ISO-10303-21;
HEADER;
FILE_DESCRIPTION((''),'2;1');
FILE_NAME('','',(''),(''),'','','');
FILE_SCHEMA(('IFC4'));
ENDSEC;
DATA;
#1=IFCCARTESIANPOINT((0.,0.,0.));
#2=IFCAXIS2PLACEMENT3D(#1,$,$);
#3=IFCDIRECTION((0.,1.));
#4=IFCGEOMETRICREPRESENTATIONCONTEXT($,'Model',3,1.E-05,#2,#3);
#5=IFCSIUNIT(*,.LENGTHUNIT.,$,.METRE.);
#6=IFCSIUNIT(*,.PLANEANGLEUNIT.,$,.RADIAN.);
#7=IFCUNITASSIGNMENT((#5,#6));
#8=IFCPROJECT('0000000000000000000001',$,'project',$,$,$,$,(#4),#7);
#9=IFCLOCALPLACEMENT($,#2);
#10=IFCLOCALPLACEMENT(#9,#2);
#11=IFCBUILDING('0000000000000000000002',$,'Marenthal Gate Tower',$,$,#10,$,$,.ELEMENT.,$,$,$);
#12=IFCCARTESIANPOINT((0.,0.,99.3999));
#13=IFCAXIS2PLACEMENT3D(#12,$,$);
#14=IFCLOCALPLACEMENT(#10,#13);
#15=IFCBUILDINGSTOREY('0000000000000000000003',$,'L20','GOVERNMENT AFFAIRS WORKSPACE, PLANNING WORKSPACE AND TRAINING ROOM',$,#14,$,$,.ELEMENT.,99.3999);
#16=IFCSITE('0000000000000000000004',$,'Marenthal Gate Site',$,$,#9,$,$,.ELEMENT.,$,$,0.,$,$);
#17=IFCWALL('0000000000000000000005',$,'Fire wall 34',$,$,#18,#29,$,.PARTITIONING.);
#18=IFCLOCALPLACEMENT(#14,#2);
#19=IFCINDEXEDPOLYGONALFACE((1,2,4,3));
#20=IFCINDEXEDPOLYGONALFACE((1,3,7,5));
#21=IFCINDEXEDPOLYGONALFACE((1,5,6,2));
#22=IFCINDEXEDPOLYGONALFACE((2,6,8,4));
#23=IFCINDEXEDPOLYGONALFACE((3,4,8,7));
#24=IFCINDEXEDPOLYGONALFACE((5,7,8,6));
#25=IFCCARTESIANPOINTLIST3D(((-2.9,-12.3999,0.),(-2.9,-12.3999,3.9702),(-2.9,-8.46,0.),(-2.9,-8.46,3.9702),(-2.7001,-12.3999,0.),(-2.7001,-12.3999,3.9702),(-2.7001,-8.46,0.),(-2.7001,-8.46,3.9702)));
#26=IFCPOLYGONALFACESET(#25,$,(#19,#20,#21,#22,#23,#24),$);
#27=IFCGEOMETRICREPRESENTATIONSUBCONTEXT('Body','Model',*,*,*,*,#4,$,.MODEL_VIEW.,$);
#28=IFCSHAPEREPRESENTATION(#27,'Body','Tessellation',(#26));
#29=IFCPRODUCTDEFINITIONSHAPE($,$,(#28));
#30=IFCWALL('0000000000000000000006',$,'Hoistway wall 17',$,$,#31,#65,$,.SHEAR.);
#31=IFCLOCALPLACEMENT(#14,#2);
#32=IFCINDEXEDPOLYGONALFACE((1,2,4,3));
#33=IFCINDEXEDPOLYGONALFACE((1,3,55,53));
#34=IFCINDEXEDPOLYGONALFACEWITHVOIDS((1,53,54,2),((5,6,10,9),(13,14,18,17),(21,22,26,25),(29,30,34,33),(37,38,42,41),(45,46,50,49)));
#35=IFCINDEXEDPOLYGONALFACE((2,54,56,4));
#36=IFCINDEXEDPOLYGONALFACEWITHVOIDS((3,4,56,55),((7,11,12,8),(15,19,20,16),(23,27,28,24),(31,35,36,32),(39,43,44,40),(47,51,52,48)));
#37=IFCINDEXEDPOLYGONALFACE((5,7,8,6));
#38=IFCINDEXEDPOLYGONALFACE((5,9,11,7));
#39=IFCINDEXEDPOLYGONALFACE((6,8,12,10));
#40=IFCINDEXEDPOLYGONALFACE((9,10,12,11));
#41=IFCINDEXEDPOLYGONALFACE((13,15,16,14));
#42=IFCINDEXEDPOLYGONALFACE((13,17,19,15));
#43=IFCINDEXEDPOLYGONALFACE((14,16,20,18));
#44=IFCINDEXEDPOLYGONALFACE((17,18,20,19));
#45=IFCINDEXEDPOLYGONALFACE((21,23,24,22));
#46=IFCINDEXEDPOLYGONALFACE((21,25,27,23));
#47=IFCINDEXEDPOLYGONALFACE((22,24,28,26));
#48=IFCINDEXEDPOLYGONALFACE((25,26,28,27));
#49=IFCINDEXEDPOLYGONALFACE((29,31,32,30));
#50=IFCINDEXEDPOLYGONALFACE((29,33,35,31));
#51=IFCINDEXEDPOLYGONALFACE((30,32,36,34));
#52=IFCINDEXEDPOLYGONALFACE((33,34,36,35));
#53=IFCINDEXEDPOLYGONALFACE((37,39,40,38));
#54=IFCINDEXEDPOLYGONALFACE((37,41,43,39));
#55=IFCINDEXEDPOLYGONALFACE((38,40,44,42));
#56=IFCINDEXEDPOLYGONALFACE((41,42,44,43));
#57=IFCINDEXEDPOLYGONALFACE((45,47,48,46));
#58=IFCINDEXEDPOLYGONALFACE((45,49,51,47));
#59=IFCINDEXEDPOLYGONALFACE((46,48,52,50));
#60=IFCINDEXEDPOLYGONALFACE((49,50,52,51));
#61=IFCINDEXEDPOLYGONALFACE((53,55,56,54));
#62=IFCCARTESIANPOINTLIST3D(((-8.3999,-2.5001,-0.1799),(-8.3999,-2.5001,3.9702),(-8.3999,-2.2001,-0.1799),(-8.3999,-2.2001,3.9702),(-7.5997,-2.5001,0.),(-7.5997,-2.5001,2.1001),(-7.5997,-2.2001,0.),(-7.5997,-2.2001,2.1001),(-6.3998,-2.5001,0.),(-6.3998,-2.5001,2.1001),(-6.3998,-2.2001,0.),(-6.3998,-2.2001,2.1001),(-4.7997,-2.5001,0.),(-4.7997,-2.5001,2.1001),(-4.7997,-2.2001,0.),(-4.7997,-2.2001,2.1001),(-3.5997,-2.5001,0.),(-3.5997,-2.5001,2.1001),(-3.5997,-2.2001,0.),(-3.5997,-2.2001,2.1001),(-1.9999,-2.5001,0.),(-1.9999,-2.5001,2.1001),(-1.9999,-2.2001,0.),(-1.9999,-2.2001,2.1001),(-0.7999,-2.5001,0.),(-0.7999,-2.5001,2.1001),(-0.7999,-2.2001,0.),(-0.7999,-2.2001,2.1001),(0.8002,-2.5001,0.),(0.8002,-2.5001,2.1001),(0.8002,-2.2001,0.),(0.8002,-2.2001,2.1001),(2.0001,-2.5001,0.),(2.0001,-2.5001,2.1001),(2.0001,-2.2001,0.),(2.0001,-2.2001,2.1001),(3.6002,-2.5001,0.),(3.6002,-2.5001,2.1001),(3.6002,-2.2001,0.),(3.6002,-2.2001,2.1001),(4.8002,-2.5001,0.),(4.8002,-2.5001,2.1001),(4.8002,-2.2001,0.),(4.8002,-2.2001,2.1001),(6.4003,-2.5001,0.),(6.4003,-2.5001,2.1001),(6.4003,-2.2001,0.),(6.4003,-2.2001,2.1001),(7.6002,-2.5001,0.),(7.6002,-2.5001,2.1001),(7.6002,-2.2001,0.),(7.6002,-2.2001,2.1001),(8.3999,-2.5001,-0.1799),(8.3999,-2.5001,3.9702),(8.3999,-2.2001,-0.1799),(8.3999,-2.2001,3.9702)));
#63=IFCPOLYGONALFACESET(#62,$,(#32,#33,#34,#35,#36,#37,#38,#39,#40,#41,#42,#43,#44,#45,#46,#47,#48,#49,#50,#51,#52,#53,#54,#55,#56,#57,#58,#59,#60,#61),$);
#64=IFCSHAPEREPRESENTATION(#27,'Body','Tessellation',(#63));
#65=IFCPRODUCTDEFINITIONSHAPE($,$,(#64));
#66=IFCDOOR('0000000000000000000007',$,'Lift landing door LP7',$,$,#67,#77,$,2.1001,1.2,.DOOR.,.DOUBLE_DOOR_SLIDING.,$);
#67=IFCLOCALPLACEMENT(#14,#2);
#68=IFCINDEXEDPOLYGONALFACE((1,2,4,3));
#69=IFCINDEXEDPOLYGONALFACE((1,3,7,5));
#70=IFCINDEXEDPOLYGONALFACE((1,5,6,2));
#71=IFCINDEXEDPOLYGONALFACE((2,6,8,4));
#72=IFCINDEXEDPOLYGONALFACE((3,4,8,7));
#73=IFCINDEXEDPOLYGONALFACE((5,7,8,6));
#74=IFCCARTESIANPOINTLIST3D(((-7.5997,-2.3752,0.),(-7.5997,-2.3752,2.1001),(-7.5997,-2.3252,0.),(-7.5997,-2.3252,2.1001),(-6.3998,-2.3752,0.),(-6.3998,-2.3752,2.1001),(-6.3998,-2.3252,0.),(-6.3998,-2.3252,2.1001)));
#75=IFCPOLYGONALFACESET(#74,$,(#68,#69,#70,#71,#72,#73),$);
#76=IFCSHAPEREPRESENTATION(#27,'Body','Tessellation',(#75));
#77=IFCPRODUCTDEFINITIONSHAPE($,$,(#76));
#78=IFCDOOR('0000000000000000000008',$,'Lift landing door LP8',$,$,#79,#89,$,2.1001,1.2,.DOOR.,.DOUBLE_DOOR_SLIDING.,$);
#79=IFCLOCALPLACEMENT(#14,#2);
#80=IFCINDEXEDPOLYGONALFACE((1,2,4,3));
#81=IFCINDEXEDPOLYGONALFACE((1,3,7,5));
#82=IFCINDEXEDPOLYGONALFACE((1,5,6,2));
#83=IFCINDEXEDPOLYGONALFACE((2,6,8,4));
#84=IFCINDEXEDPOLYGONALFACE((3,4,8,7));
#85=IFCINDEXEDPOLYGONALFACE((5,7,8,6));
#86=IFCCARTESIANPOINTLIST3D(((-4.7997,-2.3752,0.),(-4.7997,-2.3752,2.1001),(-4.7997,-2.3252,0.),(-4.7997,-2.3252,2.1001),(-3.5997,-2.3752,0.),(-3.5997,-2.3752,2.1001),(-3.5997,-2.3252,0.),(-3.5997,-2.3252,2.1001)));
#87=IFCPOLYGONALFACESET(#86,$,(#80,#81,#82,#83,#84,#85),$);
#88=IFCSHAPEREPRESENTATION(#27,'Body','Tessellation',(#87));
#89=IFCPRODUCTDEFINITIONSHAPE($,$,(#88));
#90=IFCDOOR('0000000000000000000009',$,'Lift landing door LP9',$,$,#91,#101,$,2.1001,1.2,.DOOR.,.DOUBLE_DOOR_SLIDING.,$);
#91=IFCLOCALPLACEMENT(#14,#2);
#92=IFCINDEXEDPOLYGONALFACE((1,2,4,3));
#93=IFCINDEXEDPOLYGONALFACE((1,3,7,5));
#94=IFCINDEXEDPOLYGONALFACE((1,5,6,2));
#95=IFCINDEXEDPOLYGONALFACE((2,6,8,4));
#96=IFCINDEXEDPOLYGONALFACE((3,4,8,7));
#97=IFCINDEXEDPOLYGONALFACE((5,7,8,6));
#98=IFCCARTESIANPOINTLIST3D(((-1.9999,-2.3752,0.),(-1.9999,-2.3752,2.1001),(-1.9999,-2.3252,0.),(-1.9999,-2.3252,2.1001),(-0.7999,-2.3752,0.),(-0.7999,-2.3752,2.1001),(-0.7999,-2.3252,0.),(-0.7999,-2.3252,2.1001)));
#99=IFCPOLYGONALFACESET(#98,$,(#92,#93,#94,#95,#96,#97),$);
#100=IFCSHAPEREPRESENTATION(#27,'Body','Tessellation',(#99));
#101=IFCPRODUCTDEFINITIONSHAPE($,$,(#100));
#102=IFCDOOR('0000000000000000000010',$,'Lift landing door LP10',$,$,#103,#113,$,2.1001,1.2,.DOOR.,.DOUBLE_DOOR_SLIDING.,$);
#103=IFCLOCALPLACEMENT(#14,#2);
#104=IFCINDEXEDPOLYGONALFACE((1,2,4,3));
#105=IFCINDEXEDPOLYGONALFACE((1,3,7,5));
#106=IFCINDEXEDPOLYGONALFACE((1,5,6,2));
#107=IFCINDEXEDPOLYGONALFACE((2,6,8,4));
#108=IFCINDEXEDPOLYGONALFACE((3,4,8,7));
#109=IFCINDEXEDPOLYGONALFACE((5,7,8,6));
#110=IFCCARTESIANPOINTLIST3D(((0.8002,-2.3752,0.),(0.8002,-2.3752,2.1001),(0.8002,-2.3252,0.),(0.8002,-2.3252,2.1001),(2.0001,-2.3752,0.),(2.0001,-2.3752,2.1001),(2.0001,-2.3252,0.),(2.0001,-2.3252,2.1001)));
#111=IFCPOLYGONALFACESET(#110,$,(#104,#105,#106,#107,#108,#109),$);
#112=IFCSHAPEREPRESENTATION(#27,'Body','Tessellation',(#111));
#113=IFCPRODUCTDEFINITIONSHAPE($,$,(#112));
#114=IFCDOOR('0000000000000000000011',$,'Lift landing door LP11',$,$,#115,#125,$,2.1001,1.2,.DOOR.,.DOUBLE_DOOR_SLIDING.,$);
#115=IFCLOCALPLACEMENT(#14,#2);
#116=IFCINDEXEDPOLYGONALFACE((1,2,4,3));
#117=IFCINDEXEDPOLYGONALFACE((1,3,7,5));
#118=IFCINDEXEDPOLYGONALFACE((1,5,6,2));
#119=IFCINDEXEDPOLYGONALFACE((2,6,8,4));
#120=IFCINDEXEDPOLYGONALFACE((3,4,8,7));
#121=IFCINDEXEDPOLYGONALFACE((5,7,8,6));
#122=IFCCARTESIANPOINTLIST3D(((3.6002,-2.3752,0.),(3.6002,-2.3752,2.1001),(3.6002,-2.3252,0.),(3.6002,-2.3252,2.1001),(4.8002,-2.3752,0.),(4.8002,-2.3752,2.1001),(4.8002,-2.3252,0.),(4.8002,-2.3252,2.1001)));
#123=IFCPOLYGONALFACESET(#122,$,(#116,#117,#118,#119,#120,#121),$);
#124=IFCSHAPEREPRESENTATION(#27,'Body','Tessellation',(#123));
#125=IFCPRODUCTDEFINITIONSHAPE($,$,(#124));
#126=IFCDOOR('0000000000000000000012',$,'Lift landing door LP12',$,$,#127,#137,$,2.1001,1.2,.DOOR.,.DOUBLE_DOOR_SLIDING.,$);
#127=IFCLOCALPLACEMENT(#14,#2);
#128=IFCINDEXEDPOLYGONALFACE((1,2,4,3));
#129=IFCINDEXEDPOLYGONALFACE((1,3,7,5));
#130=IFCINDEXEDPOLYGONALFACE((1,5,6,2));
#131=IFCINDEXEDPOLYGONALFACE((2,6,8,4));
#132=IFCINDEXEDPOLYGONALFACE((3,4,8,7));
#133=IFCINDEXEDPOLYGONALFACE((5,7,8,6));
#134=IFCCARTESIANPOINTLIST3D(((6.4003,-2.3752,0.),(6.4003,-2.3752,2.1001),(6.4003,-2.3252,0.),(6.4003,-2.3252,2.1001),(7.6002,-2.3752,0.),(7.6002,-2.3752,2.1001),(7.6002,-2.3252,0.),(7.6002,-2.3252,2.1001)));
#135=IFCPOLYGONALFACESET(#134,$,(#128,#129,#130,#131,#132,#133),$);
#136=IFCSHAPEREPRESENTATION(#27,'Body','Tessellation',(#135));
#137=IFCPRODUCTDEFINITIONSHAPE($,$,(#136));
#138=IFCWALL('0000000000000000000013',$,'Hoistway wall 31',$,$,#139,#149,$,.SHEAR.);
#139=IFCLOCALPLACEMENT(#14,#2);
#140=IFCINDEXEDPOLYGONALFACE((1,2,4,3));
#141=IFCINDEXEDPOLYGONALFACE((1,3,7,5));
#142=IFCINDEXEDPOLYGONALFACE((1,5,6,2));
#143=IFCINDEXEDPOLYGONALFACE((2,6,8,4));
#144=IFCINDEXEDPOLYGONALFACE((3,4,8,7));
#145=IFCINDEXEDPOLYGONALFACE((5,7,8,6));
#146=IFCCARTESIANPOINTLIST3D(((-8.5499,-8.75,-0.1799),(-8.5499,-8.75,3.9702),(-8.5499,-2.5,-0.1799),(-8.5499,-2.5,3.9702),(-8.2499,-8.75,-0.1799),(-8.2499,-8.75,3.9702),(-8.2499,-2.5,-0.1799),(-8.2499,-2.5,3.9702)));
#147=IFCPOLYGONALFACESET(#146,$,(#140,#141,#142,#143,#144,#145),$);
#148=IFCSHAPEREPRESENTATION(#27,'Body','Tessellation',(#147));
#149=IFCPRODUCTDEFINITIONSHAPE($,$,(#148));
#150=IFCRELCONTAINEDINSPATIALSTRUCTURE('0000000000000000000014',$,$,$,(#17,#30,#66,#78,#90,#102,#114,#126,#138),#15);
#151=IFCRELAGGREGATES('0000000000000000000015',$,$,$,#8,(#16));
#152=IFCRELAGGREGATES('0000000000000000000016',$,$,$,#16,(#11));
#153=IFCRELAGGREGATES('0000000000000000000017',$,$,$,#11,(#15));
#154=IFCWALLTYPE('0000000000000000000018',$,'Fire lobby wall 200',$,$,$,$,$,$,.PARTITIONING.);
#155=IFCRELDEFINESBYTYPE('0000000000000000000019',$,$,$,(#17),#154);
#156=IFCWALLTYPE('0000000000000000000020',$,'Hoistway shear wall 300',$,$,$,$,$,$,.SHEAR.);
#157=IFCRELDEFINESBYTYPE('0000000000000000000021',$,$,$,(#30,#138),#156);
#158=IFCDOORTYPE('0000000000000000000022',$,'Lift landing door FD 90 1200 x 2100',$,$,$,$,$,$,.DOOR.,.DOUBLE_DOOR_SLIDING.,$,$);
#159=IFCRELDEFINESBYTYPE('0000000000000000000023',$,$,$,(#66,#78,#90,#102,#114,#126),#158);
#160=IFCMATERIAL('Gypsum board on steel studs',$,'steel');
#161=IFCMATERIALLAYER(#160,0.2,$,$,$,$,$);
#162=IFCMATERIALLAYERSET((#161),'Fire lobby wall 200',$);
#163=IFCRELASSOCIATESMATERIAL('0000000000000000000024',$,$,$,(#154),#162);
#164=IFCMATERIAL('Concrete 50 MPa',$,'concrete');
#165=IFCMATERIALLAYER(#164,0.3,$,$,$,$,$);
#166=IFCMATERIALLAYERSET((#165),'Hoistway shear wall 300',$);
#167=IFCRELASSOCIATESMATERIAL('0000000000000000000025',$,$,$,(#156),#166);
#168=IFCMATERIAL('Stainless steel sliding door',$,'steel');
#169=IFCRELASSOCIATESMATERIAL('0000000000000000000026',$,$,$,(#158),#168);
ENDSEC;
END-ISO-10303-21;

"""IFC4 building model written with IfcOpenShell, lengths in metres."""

from ifc_helpers import new_model, si_unit, direction, frame, frame_2d, origin, place, context, subcontext, project, spatial, rectangle, extrude, material, layer, layer_set, type_object, element, fill, save


model = new_model("IFC4")

# Units and contexts
model_context = context("Model", 3, precision=1e-05, world=origin(), true_north=direction((0.0, 1.0)))
body_context = subcontext(model_context, "Body", "Model", "MODEL_VIEW")
ifc_project = project(units=[si_unit("LENGTHUNIT", "METRE"), si_unit("PLANEANGLEUNIT", "RADIAN")], contexts=[model_context])

# Site, building, storey
site_placement = place(None, origin())
site = spatial("IfcSite", under=ifc_project, at=site_placement, Name="Marenthal Gate Site", CompositionType="ELEMENT", RefElevation=0.0)
building_placement = place(site_placement, origin())
building = spatial("IfcBuilding", under=site, at=building_placement, Name="Marenthal Gate Tower", CompositionType="ELEMENT")
storey_placement = place(building_placement, frame((0.0, 0.0, 99.3999)))
storey = spatial("IfcBuildingStorey", under=building, at=storey_placement, Name="L20", Description="GOVERNMENT AFFAIRS WORKSPACE, PLANNING WORKSPACE AND TRAINING ROOM", CompositionType="ELEMENT", Elevation=99.3999)

# Wall
ifc_material_1 = material(Name="Gypsum board on steel studs", Category="steel")
ifc_layer_1 = layer(ifc_material_1, 0.2)
ifc_layer_set_1 = layer_set([ifc_layer_1], Name="Fire lobby wall 200")
wall_type_1 = type_object("IfcWallType", Name="Fire lobby wall 200", PredefinedType="PARTITIONING", material=ifc_layer_set_1)
wall_1_placement = place(storey_placement, frame((-2.8, -12.3999, 0.0), z_axis=(0.0, 0.0, 1.0), x_axis=(0.0, 1.0, 0.0)))
element("IfcWall", 1, at=wall_1_placement, inside=storey, type_object=wall_type_1, Name="Fire wall 34", PredefinedType="PARTITIONING", context=body_context, shape_type="SweptSolid", body=[
    extrude(rectangle(XDim=3.9399, YDim=0.2, at=frame_2d((1.97, 0.0))), origin(), (0.0, 0.0, 1.0), 3.9702),
])

# Wall, openings, doors
ifc_material_2 = material(Name="Concrete 50 MPa", Category="concrete")
ifc_layer_2 = layer(ifc_material_2, 0.3)
ifc_layer_set_2 = layer_set([ifc_layer_2], Name="Hoistway shear wall 300")
wall_type_2 = type_object("IfcWallType", Name="Hoistway shear wall 300", PredefinedType="SHEAR", material=ifc_layer_set_2)
wall_2_placement = place(storey_placement, frame((-8.3999, -2.3501, -0.1799), z_axis=(0.0, 0.0, 1.0), x_axis=(1.0, 0.0, 0.0)))
wall_2 = element("IfcWall", 2, at=wall_2_placement, inside=storey, type_object=wall_type_2, Name="Hoistway wall 17", PredefinedType="SHEAR", context=body_context, shape_type="SweptSolid", body=[
    extrude(rectangle(XDim=16.7998, YDim=0.3, at=frame_2d((8.3999, 0.0))), origin(), (0.0, 0.0, 1.0), 4.1501),
])
opening_1_placement = place(wall_2_placement, frame((0.8, 0.0, 0.1799)))
opening_1 = element("IfcOpeningElement", 3, at=opening_1_placement, cuts=wall_2, PredefinedType="OPENING", context=body_context, shape_type="SweptSolid", body=[
    extrude(rectangle(XDim=1.2, YDim=2.1001, at=frame_2d((0.6001, 1.05))), frame((0.0, 0.1602, 0.0), z_axis=(0.0, -1.0, 0.0), x_axis=(1.0, 0.0, 0.0)), (0.0, 0.0, 1.0), 0.3201),
])
opening_2_placement = place(wall_2_placement, frame((3.6001, 0.0, 0.1799)))
opening_2 = element("IfcOpeningElement", 4, at=opening_2_placement, cuts=wall_2, PredefinedType="OPENING", context=body_context, shape_type="SweptSolid", body=[
    extrude(rectangle(XDim=1.2, YDim=2.1001, at=frame_2d((0.6001, 1.05))), frame((0.0, 0.1602, 0.0), z_axis=(0.0, -1.0, 0.0), x_axis=(1.0, 0.0, 0.0)), (0.0, 0.0, 1.0), 0.3201),
])
opening_3_placement = place(wall_2_placement, frame((6.3999, 0.0, 0.1799)))
opening_3 = element("IfcOpeningElement", 5, at=opening_3_placement, cuts=wall_2, PredefinedType="OPENING", context=body_context, shape_type="SweptSolid", body=[
    extrude(rectangle(XDim=1.2, YDim=2.1001, at=frame_2d((0.6001, 1.05))), frame((0.0, 0.1602, 0.0), z_axis=(0.0, -1.0, 0.0), x_axis=(1.0, 0.0, 0.0)), (0.0, 0.0, 1.0), 0.3201),
])
opening_4_placement = place(wall_2_placement, frame((9.2, 0.0, 0.1799)))
opening_4 = element("IfcOpeningElement", 6, at=opening_4_placement, cuts=wall_2, PredefinedType="OPENING", context=body_context, shape_type="SweptSolid", body=[
    extrude(rectangle(XDim=1.2, YDim=2.1001, at=frame_2d((0.6001, 1.05))), frame((0.0, 0.1602, 0.0), z_axis=(0.0, -1.0, 0.0), x_axis=(1.0, 0.0, 0.0)), (0.0, 0.0, 1.0), 0.3201),
])
opening_5_placement = place(wall_2_placement, frame((12.0, 0.0, 0.1799)))
opening_5 = element("IfcOpeningElement", 7, at=opening_5_placement, cuts=wall_2, PredefinedType="OPENING", context=body_context, shape_type="SweptSolid", body=[
    extrude(rectangle(XDim=1.2, YDim=2.1001, at=frame_2d((0.6001, 1.05))), frame((0.0, 0.1602, 0.0), z_axis=(0.0, -1.0, 0.0), x_axis=(1.0, 0.0, 0.0)), (0.0, 0.0, 1.0), 0.3201),
])
opening_6_placement = place(wall_2_placement, frame((14.8, 0.0, 0.1799)))
opening_6 = element("IfcOpeningElement", 8, at=opening_6_placement, cuts=wall_2, PredefinedType="OPENING", context=body_context, shape_type="SweptSolid", body=[
    extrude(rectangle(XDim=1.2, YDim=2.1001, at=frame_2d((0.6001, 1.05))), frame((0.0, 0.1602, 0.0), z_axis=(0.0, -1.0, 0.0), x_axis=(1.0, 0.0, 0.0)), (0.0, 0.0, 1.0), 0.3201),
])
ifc_material_3 = material(Name="Stainless steel sliding door", Category="steel")
door_type_1 = type_object("IfcDoorType", Name="Lift landing door FD 90 1200 x 2100", OperationType="DOUBLE_DOOR_SLIDING", PredefinedType="DOOR", material=ifc_material_3)
door_1_placement = place(opening_1_placement, origin())
door_1 = element("IfcDoor", 9, at=door_1_placement, inside=storey, type_object=door_type_1, Name="Lift landing door LP7", OperationType="DOUBLE_DOOR_SLIDING", OverallHeight=2.1001, OverallWidth=1.2, PredefinedType="DOOR", context=body_context, shape_type="SweptSolid", body=[
    extrude(rectangle(XDim=1.2, YDim=2.1001, at=frame_2d((0.6001, 1.05))), frame((0.0, 0.0249, 0.0), z_axis=(0.0, -1.0, 0.0), x_axis=(1.0, 0.0, 0.0)), (0.0, 0.0, 1.0), 0.05),
])
fill(opening_1, door_1)
door_2_placement = place(opening_2_placement, origin())
door_2 = element("IfcDoor", 10, at=door_2_placement, inside=storey, type_object=door_type_1, Name="Lift landing door LP8", OperationType="DOUBLE_DOOR_SLIDING", OverallHeight=2.1001, OverallWidth=1.2, PredefinedType="DOOR", context=body_context, shape_type="SweptSolid", body=[
    extrude(rectangle(XDim=1.2, YDim=2.1001, at=frame_2d((0.6001, 1.05))), frame((0.0, 0.0249, 0.0), z_axis=(0.0, -1.0, 0.0), x_axis=(1.0, 0.0, 0.0)), (0.0, 0.0, 1.0), 0.05),
])
fill(opening_2, door_2)
door_3_placement = place(opening_3_placement, origin())
door_3 = element("IfcDoor", 11, at=door_3_placement, inside=storey, type_object=door_type_1, Name="Lift landing door LP9", OperationType="DOUBLE_DOOR_SLIDING", OverallHeight=2.1001, OverallWidth=1.2, PredefinedType="DOOR", context=body_context, shape_type="SweptSolid", body=[
    extrude(rectangle(XDim=1.2, YDim=2.1001, at=frame_2d((0.6001, 1.05))), frame((0.0, 0.0249, 0.0), z_axis=(0.0, -1.0, 0.0), x_axis=(1.0, 0.0, 0.0)), (0.0, 0.0, 1.0), 0.05),
])
fill(opening_3, door_3)
door_4_placement = place(opening_4_placement, origin())
door_4 = element("IfcDoor", 12, at=door_4_placement, inside=storey, type_object=door_type_1, Name="Lift landing door LP10", OperationType="DOUBLE_DOOR_SLIDING", OverallHeight=2.1001, OverallWidth=1.2, PredefinedType="DOOR", context=body_context, shape_type="SweptSolid", body=[
    extrude(rectangle(XDim=1.2, YDim=2.1001, at=frame_2d((0.6001, 1.05))), frame((0.0, 0.0249, 0.0), z_axis=(0.0, -1.0, 0.0), x_axis=(1.0, 0.0, 0.0)), (0.0, 0.0, 1.0), 0.05),
])
fill(opening_4, door_4)
door_5_placement = place(opening_5_placement, origin())
door_5 = element("IfcDoor", 13, at=door_5_placement, inside=storey, type_object=door_type_1, Name="Lift landing door LP11", OperationType="DOUBLE_DOOR_SLIDING", OverallHeight=2.1001, OverallWidth=1.2, PredefinedType="DOOR", context=body_context, shape_type="SweptSolid", body=[
    extrude(rectangle(XDim=1.2, YDim=2.1001, at=frame_2d((0.6001, 1.05))), frame((0.0, 0.0249, 0.0), z_axis=(0.0, -1.0, 0.0), x_axis=(1.0, 0.0, 0.0)), (0.0, 0.0, 1.0), 0.05),
])
fill(opening_5, door_5)
door_6_placement = place(opening_6_placement, origin())
door_6 = element("IfcDoor", 14, at=door_6_placement, inside=storey, type_object=door_type_1, Name="Lift landing door LP12", OperationType="DOUBLE_DOOR_SLIDING", OverallHeight=2.1001, OverallWidth=1.2, PredefinedType="DOOR", context=body_context, shape_type="SweptSolid", body=[
    extrude(rectangle(XDim=1.2, YDim=2.1001, at=frame_2d((0.6001, 1.05))), frame((0.0, 0.0249, 0.0), z_axis=(0.0, -1.0, 0.0), x_axis=(1.0, 0.0, 0.0)), (0.0, 0.0, 1.0), 0.05),
])
fill(opening_6, door_6)

# Wall
wall_3_placement = place(storey_placement, frame((-8.3999, -8.75, -0.1799), z_axis=(0.0, 0.0, 1.0), x_axis=(0.0, 1.0, 0.0)))
element("IfcWall", 15, at=wall_3_placement, inside=storey, type_object=wall_type_2, Name="Hoistway wall 31", PredefinedType="SHEAR", context=body_context, shape_type="SweptSolid", body=[
    extrude(rectangle(XDim=6.25, YDim=0.3, at=frame_2d((3.125, 0.0))), origin(), (0.0, 0.0, 1.0), 4.1501),
])

save(model, "model.ifc")
